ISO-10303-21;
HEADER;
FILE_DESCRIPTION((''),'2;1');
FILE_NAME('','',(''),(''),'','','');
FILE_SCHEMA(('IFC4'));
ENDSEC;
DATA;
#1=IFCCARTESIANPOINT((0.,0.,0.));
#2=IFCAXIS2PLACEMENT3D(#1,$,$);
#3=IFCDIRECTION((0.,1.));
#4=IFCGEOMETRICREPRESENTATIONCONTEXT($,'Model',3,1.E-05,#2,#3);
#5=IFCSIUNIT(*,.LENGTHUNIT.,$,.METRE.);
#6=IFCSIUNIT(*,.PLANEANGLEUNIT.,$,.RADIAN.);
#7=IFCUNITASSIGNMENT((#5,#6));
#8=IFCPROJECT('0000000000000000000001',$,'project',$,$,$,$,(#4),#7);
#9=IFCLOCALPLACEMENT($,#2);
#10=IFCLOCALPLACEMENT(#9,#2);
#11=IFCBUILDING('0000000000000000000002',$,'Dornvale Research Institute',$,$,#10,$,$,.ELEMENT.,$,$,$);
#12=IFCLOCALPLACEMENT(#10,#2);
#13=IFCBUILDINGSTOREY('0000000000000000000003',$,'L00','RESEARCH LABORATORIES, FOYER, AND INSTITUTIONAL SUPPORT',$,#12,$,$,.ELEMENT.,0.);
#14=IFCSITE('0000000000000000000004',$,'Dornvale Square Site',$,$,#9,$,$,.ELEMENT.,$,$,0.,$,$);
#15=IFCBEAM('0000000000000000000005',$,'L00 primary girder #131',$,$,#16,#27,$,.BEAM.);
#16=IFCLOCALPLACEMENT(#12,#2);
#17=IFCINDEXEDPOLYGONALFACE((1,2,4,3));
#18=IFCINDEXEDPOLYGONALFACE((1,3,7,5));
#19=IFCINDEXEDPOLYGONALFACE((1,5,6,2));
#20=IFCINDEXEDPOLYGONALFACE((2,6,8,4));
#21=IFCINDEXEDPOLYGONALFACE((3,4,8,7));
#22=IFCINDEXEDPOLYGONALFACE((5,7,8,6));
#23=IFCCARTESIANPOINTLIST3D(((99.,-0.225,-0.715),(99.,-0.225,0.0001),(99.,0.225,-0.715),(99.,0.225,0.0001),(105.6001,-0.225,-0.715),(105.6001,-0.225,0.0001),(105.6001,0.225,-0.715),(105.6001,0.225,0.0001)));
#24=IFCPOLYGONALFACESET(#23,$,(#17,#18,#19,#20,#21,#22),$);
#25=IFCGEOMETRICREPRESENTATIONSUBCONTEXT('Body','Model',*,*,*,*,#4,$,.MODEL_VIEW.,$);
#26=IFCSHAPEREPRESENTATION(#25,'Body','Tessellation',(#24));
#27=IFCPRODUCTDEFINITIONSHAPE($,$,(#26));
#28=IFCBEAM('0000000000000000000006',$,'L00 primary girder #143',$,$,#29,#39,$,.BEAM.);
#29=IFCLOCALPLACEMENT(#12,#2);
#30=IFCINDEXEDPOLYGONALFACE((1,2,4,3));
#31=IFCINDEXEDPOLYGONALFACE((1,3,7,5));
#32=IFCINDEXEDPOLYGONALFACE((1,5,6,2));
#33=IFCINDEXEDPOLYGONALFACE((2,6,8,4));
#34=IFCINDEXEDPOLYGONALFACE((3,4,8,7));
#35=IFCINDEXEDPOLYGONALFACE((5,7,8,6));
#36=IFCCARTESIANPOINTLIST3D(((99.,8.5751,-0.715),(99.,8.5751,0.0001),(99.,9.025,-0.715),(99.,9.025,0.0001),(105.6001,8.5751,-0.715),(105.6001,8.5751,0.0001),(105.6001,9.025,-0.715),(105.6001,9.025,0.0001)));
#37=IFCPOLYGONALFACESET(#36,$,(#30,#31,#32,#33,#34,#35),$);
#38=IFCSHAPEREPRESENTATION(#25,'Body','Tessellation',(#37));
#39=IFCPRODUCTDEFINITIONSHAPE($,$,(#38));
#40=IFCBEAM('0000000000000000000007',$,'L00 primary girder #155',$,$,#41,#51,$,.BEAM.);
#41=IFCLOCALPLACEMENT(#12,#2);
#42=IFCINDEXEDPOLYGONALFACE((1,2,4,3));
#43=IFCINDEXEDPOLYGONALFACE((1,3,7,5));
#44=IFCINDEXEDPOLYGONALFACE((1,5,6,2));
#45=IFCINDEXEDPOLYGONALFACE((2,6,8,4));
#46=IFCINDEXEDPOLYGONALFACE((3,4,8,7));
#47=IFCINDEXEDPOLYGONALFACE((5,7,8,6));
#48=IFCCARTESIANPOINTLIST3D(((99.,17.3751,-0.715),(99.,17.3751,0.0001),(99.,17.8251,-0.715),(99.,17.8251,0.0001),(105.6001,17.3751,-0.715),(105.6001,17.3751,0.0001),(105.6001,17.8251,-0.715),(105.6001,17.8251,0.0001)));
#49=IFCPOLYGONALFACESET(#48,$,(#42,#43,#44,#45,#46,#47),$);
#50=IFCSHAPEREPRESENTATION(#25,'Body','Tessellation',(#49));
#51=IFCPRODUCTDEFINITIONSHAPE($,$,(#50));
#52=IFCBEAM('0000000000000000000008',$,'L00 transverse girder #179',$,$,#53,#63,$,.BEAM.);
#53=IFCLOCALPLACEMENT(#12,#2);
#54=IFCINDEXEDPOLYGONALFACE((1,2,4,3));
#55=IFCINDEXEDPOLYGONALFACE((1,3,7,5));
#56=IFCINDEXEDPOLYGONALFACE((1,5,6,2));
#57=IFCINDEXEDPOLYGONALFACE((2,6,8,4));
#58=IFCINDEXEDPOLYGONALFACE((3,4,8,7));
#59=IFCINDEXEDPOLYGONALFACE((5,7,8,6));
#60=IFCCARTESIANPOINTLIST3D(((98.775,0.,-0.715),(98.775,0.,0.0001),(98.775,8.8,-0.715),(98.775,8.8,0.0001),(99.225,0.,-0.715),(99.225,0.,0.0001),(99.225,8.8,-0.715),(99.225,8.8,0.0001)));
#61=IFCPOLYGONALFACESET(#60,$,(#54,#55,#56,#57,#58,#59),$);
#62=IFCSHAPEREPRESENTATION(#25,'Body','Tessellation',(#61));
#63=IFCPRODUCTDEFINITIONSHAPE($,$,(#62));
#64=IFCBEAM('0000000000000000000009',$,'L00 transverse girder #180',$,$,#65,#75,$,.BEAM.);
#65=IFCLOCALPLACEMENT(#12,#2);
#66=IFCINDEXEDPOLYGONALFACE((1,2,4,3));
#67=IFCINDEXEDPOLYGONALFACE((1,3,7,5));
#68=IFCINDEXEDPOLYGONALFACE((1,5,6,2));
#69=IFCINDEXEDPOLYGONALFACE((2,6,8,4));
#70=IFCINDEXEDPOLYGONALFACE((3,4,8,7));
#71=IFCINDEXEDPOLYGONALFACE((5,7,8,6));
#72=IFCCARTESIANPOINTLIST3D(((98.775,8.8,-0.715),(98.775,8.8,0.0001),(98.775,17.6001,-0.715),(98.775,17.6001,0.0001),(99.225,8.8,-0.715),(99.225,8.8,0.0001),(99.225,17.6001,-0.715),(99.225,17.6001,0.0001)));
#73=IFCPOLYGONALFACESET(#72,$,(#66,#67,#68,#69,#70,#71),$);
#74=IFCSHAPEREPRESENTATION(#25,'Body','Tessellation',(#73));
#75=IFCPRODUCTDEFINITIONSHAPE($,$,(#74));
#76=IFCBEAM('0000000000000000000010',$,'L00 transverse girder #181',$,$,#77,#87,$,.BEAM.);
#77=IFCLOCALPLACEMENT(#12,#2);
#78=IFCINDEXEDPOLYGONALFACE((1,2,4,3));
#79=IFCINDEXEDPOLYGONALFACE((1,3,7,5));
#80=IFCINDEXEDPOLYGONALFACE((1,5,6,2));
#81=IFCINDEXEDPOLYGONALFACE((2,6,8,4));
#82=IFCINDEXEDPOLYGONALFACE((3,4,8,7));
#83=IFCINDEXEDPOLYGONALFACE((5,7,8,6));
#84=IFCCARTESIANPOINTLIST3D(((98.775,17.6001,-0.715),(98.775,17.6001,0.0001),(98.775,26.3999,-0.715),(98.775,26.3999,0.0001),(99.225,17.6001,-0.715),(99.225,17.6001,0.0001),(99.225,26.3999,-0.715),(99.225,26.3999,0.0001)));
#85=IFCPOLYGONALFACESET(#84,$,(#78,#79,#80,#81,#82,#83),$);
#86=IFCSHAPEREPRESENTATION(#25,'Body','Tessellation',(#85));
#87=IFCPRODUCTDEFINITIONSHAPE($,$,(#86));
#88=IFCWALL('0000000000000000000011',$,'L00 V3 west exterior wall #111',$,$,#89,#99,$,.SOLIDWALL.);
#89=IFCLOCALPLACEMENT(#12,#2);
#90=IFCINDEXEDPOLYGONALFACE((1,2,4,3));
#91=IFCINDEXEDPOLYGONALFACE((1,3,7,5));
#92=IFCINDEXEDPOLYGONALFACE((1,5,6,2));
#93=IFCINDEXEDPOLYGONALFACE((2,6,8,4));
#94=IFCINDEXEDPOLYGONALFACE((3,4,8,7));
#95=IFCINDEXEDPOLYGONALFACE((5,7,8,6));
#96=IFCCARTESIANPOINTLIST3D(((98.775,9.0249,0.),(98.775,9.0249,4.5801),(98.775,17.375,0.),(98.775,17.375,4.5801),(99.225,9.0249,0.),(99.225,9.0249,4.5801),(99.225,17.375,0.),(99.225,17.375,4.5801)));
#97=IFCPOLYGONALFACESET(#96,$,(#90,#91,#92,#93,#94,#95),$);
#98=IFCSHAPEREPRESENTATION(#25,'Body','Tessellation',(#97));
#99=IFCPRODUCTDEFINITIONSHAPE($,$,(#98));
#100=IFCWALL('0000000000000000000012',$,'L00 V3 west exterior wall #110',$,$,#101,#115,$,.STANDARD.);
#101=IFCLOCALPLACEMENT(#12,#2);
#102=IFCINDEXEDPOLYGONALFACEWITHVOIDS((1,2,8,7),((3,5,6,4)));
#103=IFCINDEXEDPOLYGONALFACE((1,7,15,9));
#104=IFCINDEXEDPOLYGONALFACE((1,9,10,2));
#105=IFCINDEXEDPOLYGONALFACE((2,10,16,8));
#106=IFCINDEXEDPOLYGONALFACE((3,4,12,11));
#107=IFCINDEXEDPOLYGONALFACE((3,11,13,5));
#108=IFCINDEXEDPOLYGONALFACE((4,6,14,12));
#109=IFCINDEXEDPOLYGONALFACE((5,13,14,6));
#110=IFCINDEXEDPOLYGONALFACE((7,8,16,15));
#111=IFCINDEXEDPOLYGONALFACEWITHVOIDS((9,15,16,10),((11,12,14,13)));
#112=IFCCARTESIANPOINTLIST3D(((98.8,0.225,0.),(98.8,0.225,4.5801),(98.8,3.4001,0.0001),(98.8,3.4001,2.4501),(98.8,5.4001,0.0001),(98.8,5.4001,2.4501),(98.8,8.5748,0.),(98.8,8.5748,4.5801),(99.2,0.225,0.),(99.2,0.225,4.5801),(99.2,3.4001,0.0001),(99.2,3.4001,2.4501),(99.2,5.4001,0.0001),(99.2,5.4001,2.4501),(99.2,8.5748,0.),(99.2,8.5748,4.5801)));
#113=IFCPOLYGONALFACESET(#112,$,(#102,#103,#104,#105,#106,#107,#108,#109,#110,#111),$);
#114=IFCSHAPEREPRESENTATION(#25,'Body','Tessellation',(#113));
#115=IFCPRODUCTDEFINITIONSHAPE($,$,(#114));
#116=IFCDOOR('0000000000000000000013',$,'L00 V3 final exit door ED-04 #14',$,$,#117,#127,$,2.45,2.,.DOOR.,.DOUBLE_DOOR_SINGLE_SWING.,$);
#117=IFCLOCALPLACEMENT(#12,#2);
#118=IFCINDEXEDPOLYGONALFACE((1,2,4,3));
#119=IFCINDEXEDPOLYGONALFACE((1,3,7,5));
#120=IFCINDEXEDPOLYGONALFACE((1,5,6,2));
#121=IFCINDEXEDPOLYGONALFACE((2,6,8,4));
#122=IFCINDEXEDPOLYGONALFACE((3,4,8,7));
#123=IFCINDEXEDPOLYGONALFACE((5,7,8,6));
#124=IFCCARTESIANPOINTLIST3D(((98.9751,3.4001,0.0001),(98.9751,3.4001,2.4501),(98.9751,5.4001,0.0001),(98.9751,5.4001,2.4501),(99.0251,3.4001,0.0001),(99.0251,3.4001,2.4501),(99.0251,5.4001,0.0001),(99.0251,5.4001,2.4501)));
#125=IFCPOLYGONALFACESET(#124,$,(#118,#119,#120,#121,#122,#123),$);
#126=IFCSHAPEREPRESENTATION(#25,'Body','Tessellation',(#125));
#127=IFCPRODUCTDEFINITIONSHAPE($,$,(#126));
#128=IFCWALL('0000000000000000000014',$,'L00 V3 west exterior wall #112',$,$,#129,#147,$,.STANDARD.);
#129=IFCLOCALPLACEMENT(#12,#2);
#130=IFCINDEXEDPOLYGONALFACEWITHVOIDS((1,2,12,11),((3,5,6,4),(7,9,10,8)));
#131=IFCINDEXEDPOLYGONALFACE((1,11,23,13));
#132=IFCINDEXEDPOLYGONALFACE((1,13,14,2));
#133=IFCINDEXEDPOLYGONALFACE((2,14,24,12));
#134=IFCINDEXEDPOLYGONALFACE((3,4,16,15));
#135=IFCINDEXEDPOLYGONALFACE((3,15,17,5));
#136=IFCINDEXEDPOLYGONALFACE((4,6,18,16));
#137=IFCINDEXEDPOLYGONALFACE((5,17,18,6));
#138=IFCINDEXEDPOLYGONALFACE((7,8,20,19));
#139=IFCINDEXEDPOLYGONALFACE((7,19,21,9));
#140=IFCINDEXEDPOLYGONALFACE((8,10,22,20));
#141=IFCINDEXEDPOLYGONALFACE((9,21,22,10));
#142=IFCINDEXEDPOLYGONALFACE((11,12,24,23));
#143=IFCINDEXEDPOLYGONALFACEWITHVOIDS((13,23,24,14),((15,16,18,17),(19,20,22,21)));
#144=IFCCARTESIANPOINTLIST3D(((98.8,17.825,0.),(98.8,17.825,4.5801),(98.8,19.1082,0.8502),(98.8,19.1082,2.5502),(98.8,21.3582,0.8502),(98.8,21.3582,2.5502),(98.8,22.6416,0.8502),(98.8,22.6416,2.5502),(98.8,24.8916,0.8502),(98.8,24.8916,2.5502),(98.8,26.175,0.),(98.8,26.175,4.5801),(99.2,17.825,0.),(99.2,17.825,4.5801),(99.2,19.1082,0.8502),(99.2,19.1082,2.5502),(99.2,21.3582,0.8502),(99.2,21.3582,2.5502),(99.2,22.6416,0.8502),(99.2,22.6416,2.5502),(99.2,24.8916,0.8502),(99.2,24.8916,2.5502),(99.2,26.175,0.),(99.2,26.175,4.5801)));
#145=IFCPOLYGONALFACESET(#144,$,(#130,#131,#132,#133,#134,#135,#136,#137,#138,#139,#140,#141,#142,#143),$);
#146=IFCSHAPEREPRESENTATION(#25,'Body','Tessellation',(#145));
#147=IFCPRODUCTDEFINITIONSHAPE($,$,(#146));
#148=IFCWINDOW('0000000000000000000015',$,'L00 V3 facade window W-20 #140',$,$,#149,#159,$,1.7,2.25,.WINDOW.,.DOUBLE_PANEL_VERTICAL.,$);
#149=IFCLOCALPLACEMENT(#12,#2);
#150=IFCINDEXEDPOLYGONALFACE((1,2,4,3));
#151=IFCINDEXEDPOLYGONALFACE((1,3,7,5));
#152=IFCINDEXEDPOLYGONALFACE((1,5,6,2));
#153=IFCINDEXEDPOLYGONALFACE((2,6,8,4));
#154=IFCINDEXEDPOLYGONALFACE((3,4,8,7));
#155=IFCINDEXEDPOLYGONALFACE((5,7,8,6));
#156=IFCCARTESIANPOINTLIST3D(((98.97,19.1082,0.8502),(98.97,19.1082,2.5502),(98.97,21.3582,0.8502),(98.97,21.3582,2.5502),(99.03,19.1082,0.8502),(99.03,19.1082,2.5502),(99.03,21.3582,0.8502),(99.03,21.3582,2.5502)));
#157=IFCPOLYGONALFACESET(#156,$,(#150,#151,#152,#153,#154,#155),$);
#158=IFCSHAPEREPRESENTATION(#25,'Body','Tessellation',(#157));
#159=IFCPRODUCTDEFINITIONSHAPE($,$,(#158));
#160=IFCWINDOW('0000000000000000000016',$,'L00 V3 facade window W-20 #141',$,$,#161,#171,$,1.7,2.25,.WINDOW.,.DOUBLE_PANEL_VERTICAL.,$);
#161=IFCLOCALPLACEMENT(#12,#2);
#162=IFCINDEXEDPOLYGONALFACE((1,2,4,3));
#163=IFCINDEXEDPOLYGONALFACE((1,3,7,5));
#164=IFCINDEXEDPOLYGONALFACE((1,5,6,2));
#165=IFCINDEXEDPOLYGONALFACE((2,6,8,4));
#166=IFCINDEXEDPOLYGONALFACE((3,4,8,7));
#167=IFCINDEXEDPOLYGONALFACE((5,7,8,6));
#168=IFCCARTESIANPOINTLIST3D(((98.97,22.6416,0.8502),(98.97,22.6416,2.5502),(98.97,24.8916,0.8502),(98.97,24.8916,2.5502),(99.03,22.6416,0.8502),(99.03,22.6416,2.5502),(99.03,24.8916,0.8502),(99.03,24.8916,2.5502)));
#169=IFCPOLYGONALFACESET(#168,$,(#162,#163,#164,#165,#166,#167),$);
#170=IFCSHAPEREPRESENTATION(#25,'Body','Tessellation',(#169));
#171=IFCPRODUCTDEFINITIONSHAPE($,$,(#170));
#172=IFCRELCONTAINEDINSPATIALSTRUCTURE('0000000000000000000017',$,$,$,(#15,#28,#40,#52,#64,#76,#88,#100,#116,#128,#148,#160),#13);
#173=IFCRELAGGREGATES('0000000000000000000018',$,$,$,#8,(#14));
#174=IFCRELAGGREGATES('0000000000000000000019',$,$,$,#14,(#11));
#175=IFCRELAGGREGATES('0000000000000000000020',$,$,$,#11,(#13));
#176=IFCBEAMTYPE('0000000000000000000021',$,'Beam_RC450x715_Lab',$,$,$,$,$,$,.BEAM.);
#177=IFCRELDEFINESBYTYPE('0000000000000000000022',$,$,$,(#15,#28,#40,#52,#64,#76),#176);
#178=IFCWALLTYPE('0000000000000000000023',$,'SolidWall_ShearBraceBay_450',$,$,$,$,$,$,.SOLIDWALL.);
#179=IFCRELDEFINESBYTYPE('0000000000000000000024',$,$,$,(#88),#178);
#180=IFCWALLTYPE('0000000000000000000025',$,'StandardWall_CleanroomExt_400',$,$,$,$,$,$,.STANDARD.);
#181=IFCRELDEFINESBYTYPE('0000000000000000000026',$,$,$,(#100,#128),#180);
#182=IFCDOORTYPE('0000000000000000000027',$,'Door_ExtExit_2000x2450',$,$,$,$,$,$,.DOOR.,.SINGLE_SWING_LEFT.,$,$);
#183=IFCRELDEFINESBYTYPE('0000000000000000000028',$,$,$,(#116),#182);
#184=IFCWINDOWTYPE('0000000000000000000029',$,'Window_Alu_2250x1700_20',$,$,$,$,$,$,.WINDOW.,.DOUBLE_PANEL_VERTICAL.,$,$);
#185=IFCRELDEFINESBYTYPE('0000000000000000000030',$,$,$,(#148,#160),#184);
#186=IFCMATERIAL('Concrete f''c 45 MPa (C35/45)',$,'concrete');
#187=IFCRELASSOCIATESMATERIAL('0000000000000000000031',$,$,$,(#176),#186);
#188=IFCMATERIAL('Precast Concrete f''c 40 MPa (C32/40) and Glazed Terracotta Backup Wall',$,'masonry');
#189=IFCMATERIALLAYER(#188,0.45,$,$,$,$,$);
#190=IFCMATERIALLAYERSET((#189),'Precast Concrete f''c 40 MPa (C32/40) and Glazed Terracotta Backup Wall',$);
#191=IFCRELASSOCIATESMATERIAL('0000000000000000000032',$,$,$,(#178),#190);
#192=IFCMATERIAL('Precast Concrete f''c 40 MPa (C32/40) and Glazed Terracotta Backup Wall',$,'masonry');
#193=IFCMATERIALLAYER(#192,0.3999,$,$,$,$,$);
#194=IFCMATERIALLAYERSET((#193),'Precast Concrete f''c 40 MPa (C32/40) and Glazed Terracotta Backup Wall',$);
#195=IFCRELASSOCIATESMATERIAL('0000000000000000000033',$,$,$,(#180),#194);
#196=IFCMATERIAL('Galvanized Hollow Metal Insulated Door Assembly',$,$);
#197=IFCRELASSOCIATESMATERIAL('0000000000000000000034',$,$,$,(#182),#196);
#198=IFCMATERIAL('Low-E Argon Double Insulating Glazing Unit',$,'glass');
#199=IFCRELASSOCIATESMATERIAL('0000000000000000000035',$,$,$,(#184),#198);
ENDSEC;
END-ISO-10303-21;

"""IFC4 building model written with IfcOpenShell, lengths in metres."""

from ifc_helpers import new_model, si_unit, direction, frame, frame_2d, origin, origin_2d, place, context, subcontext, project, spatial, rectangle, extrude, material, layer, layer_set, material_profile, profile_set, type_object, element, fill, save


model = new_model("IFC4")

# Units and contexts
model_context = context("Model", 3, precision=1e-05, world=origin(), true_north=direction((0.0, 1.0)))
body_context = subcontext(model_context, "Body", "Model", "MODEL_VIEW")
ifc_project = project(units=[si_unit("LENGTHUNIT", "METRE"), si_unit("PLANEANGLEUNIT", "RADIAN")], contexts=[model_context])

# Site, building, storey
site_placement = place(None, origin())
site = spatial("IfcSite", under=ifc_project, at=site_placement, Name="Dornvale Square Site", CompositionType="ELEMENT", RefElevation=0.0)
building_placement = place(site_placement, origin())
building = spatial("IfcBuilding", under=site, at=building_placement, Name="Dornvale Research Institute", CompositionType="ELEMENT")
storey_placement = place(building_placement, origin())
storey = spatial("IfcBuildingStorey", under=building, at=storey_placement, Name="L00", Description="RESEARCH LABORATORIES, FOYER, AND INSTITUTIONAL SUPPORT", CompositionType="ELEMENT", Elevation=0.0)

# Beams
ifc_material_1 = material(Name="Concrete f'c 45 MPa (C35/45)", Category="concrete")
ifc_material_profile_1 = material_profile(ifc_material_1, rectangle(XDim=0.45, YDim=0.7151, at=origin_2d()), Name="RC 450x715")
ifc_profile_set_1 = profile_set([ifc_material_profile_1], Name="Concrete f'c 45 MPa (C35/45)")
beam_type = type_object("IfcBeamType", Name="Beam_RC450x715_Lab", PredefinedType="BEAM", material=ifc_profile_set_1)
for number, where, z_axis, x_axis, name in (
    (1, (99.0, 0.0, -0.3574), (1.0, 0.0, 0.0), (0.0, 1.0, 0.0), "L00 primary girder #131"),
    (2, (99.0, 8.8, -0.3574), (1.0, 0.0, 0.0), (0.0, 1.0, 0.0), "L00 primary girder #143"),
    (3, (99.0, 17.6001, -0.3574), (1.0, 0.0, 0.0), (0.0, 1.0, 0.0), "L00 primary girder #155"),
):
    element("IfcBeam", number, at=place(storey_placement, frame(where, z_axis=z_axis, x_axis=x_axis)), inside=storey, type_object=beam_type, Name=name, PredefinedType="BEAM", context=body_context, shape_type="SweptSolid", body=[
        extrude(rectangle(XDim=0.45, YDim=0.7151, at=origin_2d()), origin(), (0.0, 0.0, 1.0), 6.6001),
    ])
for number, where, z_axis, x_axis, name in (
    (4, (99.0, 0.0, -0.3574), (0.0, 1.0, 0.0), (-1.0, 0.0, 0.0), "L00 transverse girder #179"),
    (5, (99.0, 8.8, -0.3574), (0.0, 1.0, 0.0), (-1.0, 0.0, 0.0), "L00 transverse girder #180"),
):
    element("IfcBeam", number, at=place(storey_placement, frame(where, z_axis=z_axis, x_axis=x_axis)), inside=storey, type_object=beam_type, Name=name, PredefinedType="BEAM", context=body_context, shape_type="SweptSolid", body=[
        extrude(rectangle(XDim=0.45, YDim=0.7151, at=origin_2d()), origin(), (0.0, 0.0, 1.0), 8.8),
    ])
beam_placement = place(storey_placement, frame((99.0, 17.6001, -0.3574), z_axis=(0.0, 1.0, 0.0), x_axis=(-1.0, 0.0, 0.0)))
element("IfcBeam", 6, at=beam_placement, inside=storey, type_object=beam_type, Name="L00 transverse girder #181", PredefinedType="BEAM", context=body_context, shape_type="SweptSolid", body=[
    extrude(rectangle(XDim=0.45, YDim=0.7151, at=origin_2d()), origin(), (0.0, 0.0, 1.0), 8.7998),
])

# Wall
ifc_material_2 = material(Name="Precast Concrete f'c 40 MPa (C32/40) and Glazed Terracotta Backup Wall", Category="masonry")
ifc_layer_1 = layer(ifc_material_2, 0.45)
ifc_layer_set_1 = layer_set([ifc_layer_1], Name="Precast Concrete f'c 40 MPa (C32/40) and Glazed Terracotta Backup Wall")
wall_type_1 = type_object("IfcWallType", Name="SolidWall_ShearBraceBay_450", PredefinedType="SOLIDWALL", material=ifc_layer_set_1)
wall_1_placement = place(storey_placement, frame((99.0, 9.0249, 0.0), z_axis=(0.0, 0.0, 1.0), x_axis=(0.0, 1.0, 0.0)))
element("IfcWall", 7, at=wall_1_placement, inside=storey, type_object=wall_type_1, Name="L00 V3 west exterior wall #111", PredefinedType="SOLIDWALL", context=body_context, shape_type="SweptSolid", body=[
    extrude(rectangle(XDim=8.3501, YDim=0.45, at=frame_2d((4.175, 0.0))), origin(), (0.0, 0.0, 1.0), 4.5801),
])

# Wall, opening, door
ifc_material_3 = material(Name="Precast Concrete f'c 40 MPa (C32/40) and Glazed Terracotta Backup Wall", Category="masonry")
ifc_layer_2 = layer(ifc_material_3, 0.3999)
ifc_layer_set_2 = layer_set([ifc_layer_2], Name="Precast Concrete f'c 40 MPa (C32/40) and Glazed Terracotta Backup Wall")
wall_type_2 = type_object("IfcWallType", Name="StandardWall_CleanroomExt_400", PredefinedType="STANDARD", material=ifc_layer_set_2)
wall_2_placement = place(storey_placement, frame((99.0, 0.2251, 0.0), z_axis=(0.0, 0.0, 1.0), x_axis=(0.0, 1.0, 0.0)))
wall_2 = element("IfcWall", 8, at=wall_2_placement, inside=storey, type_object=wall_type_2, Name="L00 V3 west exterior wall #110", PredefinedType="STANDARD", context=body_context, shape_type="SweptSolid", body=[
    extrude(rectangle(XDim=8.3499, YDim=0.3999, at=frame_2d((4.1748, 0.0))), origin(), (0.0, 0.0, 1.0), 4.5801),
])
opening_1_placement = place(wall_2_placement, frame((3.175, 0.0, 0.0)))
opening_1 = element("IfcOpeningElement", 9, at=opening_1_placement, cuts=wall_2, PredefinedType="OPENING", context=body_context, shape_type="SweptSolid", body=[
    extrude(rectangle(XDim=2.0, YDim=2.45, at=frame_2d((1.0, 1.2251))), frame((0.0, 0.2148, 0.0), z_axis=(0.0, -1.0, 0.0), x_axis=(1.0, 0.0, 0.0)), (0.0, 0.0, 1.0), 0.4299),
])
ifc_material_4 = material(Name="Galvanized Hollow Metal Insulated Door Assembly")
door_type = type_object("IfcDoorType", Name="Door_ExtExit_2000x2450", OperationType="SINGLE_SWING_LEFT", PredefinedType="DOOR", material=ifc_material_4)
door_placement = place(opening_1_placement, origin())
door = element("IfcDoor", 10, at=door_placement, inside=storey, type_object=door_type, Name="L00 V3 final exit door ED-04 #14", OperationType="DOUBLE_DOOR_SINGLE_SWING", OverallHeight=2.45, OverallWidth=2.0, PredefinedType="DOOR", context=body_context, shape_type="SweptSolid", body=[
    extrude(rectangle(XDim=2.0, YDim=2.45, at=frame_2d((1.0, 1.2251))), frame((0.0, 0.0249, 0.0), z_axis=(0.0, -1.0, 0.0), x_axis=(1.0, 0.0, 0.0)), (0.0, 0.0, 1.0), 0.05),
])
fill(opening_1, door)

# Wall, openings, windows
wall_3_placement = place(storey_placement, frame((99.0, 17.825, 0.0), z_axis=(0.0, 0.0, 1.0), x_axis=(0.0, 1.0, 0.0)))
wall_3 = element("IfcWall", 11, at=wall_3_placement, inside=storey, type_object=wall_type_2, Name="L00 V3 west exterior wall #112", PredefinedType="STANDARD", context=body_context, shape_type="SweptSolid", body=[
    extrude(rectangle(XDim=8.3501, YDim=0.3999, at=frame_2d((4.175, 0.0))), origin(), (0.0, 0.0, 1.0), 4.5801),
])
opening_2_placement = place(wall_3_placement, frame((1.2832, 0.0, 0.8501)))
opening_2 = element("IfcOpeningElement", 12, at=opening_2_placement, cuts=wall_3, PredefinedType="OPENING", context=body_context, shape_type="SweptSolid", body=[
    extrude(rectangle(XDim=2.25, YDim=1.7, at=frame_2d((1.125, 0.8501))), frame((0.0, 0.2148, 0.0), z_axis=(0.0, -1.0, 0.0), x_axis=(1.0, 0.0, 0.0)), (0.0, 0.0, 1.0), 0.4299),
])
opening_3_placement = place(wall_3_placement, frame((4.8167, 0.0, 0.8501)))
opening_3 = element("IfcOpeningElement", 13, at=opening_3_placement, cuts=wall_3, PredefinedType="OPENING", context=body_context, shape_type="SweptSolid", body=[
    extrude(rectangle(XDim=2.25, YDim=1.7, at=frame_2d((1.125, 0.8501))), frame((0.0, 0.2148, 0.0), z_axis=(0.0, -1.0, 0.0), x_axis=(1.0, 0.0, 0.0)), (0.0, 0.0, 1.0), 0.4299),
])
ifc_material_5 = material(Name="Low-E Argon Double Insulating Glazing Unit", Category="glass")
window_type = type_object("IfcWindowType", Name="Window_Alu_2250x1700_20", PartitioningType="DOUBLE_PANEL_VERTICAL", PredefinedType="WINDOW", material=ifc_material_5)
window_1_placement = place(opening_2_placement, origin())
window_1 = element("IfcWindow", 14, at=window_1_placement, inside=storey, type_object=window_type, Name="L00 V3 facade window W-20 #140", OverallHeight=1.7, OverallWidth=2.25, PartitioningType="DOUBLE_PANEL_VERTICAL", PredefinedType="WINDOW", context=body_context, shape_type="SweptSolid", body=[
    extrude(rectangle(XDim=2.25, YDim=1.7, at=frame_2d((1.125, 0.8501))), frame((0.0, 0.03, 0.0), z_axis=(0.0, -1.0, 0.0), x_axis=(1.0, 0.0, 0.0)), (0.0, 0.0, 1.0), 0.0601),
])
fill(opening_2, window_1)
window_2_placement = place(opening_3_placement, origin())
window_2 = element("IfcWindow", 15, at=window_2_placement, inside=storey, type_object=window_type, Name="L00 V3 facade window W-20 #141", OverallHeight=1.7, OverallWidth=2.25, PartitioningType="DOUBLE_PANEL_VERTICAL", PredefinedType="WINDOW", context=body_context, shape_type="SweptSolid", body=[
    extrude(rectangle(XDim=2.25, YDim=1.7, at=frame_2d((1.125, 0.8501))), frame((0.0, 0.03, 0.0), z_axis=(0.0, -1.0, 0.0), x_axis=(1.0, 0.0, 0.0)), (0.0, 0.0, 1.0), 0.0601),
])
fill(opening_3, window_2)

save(model, "model.ifc")
